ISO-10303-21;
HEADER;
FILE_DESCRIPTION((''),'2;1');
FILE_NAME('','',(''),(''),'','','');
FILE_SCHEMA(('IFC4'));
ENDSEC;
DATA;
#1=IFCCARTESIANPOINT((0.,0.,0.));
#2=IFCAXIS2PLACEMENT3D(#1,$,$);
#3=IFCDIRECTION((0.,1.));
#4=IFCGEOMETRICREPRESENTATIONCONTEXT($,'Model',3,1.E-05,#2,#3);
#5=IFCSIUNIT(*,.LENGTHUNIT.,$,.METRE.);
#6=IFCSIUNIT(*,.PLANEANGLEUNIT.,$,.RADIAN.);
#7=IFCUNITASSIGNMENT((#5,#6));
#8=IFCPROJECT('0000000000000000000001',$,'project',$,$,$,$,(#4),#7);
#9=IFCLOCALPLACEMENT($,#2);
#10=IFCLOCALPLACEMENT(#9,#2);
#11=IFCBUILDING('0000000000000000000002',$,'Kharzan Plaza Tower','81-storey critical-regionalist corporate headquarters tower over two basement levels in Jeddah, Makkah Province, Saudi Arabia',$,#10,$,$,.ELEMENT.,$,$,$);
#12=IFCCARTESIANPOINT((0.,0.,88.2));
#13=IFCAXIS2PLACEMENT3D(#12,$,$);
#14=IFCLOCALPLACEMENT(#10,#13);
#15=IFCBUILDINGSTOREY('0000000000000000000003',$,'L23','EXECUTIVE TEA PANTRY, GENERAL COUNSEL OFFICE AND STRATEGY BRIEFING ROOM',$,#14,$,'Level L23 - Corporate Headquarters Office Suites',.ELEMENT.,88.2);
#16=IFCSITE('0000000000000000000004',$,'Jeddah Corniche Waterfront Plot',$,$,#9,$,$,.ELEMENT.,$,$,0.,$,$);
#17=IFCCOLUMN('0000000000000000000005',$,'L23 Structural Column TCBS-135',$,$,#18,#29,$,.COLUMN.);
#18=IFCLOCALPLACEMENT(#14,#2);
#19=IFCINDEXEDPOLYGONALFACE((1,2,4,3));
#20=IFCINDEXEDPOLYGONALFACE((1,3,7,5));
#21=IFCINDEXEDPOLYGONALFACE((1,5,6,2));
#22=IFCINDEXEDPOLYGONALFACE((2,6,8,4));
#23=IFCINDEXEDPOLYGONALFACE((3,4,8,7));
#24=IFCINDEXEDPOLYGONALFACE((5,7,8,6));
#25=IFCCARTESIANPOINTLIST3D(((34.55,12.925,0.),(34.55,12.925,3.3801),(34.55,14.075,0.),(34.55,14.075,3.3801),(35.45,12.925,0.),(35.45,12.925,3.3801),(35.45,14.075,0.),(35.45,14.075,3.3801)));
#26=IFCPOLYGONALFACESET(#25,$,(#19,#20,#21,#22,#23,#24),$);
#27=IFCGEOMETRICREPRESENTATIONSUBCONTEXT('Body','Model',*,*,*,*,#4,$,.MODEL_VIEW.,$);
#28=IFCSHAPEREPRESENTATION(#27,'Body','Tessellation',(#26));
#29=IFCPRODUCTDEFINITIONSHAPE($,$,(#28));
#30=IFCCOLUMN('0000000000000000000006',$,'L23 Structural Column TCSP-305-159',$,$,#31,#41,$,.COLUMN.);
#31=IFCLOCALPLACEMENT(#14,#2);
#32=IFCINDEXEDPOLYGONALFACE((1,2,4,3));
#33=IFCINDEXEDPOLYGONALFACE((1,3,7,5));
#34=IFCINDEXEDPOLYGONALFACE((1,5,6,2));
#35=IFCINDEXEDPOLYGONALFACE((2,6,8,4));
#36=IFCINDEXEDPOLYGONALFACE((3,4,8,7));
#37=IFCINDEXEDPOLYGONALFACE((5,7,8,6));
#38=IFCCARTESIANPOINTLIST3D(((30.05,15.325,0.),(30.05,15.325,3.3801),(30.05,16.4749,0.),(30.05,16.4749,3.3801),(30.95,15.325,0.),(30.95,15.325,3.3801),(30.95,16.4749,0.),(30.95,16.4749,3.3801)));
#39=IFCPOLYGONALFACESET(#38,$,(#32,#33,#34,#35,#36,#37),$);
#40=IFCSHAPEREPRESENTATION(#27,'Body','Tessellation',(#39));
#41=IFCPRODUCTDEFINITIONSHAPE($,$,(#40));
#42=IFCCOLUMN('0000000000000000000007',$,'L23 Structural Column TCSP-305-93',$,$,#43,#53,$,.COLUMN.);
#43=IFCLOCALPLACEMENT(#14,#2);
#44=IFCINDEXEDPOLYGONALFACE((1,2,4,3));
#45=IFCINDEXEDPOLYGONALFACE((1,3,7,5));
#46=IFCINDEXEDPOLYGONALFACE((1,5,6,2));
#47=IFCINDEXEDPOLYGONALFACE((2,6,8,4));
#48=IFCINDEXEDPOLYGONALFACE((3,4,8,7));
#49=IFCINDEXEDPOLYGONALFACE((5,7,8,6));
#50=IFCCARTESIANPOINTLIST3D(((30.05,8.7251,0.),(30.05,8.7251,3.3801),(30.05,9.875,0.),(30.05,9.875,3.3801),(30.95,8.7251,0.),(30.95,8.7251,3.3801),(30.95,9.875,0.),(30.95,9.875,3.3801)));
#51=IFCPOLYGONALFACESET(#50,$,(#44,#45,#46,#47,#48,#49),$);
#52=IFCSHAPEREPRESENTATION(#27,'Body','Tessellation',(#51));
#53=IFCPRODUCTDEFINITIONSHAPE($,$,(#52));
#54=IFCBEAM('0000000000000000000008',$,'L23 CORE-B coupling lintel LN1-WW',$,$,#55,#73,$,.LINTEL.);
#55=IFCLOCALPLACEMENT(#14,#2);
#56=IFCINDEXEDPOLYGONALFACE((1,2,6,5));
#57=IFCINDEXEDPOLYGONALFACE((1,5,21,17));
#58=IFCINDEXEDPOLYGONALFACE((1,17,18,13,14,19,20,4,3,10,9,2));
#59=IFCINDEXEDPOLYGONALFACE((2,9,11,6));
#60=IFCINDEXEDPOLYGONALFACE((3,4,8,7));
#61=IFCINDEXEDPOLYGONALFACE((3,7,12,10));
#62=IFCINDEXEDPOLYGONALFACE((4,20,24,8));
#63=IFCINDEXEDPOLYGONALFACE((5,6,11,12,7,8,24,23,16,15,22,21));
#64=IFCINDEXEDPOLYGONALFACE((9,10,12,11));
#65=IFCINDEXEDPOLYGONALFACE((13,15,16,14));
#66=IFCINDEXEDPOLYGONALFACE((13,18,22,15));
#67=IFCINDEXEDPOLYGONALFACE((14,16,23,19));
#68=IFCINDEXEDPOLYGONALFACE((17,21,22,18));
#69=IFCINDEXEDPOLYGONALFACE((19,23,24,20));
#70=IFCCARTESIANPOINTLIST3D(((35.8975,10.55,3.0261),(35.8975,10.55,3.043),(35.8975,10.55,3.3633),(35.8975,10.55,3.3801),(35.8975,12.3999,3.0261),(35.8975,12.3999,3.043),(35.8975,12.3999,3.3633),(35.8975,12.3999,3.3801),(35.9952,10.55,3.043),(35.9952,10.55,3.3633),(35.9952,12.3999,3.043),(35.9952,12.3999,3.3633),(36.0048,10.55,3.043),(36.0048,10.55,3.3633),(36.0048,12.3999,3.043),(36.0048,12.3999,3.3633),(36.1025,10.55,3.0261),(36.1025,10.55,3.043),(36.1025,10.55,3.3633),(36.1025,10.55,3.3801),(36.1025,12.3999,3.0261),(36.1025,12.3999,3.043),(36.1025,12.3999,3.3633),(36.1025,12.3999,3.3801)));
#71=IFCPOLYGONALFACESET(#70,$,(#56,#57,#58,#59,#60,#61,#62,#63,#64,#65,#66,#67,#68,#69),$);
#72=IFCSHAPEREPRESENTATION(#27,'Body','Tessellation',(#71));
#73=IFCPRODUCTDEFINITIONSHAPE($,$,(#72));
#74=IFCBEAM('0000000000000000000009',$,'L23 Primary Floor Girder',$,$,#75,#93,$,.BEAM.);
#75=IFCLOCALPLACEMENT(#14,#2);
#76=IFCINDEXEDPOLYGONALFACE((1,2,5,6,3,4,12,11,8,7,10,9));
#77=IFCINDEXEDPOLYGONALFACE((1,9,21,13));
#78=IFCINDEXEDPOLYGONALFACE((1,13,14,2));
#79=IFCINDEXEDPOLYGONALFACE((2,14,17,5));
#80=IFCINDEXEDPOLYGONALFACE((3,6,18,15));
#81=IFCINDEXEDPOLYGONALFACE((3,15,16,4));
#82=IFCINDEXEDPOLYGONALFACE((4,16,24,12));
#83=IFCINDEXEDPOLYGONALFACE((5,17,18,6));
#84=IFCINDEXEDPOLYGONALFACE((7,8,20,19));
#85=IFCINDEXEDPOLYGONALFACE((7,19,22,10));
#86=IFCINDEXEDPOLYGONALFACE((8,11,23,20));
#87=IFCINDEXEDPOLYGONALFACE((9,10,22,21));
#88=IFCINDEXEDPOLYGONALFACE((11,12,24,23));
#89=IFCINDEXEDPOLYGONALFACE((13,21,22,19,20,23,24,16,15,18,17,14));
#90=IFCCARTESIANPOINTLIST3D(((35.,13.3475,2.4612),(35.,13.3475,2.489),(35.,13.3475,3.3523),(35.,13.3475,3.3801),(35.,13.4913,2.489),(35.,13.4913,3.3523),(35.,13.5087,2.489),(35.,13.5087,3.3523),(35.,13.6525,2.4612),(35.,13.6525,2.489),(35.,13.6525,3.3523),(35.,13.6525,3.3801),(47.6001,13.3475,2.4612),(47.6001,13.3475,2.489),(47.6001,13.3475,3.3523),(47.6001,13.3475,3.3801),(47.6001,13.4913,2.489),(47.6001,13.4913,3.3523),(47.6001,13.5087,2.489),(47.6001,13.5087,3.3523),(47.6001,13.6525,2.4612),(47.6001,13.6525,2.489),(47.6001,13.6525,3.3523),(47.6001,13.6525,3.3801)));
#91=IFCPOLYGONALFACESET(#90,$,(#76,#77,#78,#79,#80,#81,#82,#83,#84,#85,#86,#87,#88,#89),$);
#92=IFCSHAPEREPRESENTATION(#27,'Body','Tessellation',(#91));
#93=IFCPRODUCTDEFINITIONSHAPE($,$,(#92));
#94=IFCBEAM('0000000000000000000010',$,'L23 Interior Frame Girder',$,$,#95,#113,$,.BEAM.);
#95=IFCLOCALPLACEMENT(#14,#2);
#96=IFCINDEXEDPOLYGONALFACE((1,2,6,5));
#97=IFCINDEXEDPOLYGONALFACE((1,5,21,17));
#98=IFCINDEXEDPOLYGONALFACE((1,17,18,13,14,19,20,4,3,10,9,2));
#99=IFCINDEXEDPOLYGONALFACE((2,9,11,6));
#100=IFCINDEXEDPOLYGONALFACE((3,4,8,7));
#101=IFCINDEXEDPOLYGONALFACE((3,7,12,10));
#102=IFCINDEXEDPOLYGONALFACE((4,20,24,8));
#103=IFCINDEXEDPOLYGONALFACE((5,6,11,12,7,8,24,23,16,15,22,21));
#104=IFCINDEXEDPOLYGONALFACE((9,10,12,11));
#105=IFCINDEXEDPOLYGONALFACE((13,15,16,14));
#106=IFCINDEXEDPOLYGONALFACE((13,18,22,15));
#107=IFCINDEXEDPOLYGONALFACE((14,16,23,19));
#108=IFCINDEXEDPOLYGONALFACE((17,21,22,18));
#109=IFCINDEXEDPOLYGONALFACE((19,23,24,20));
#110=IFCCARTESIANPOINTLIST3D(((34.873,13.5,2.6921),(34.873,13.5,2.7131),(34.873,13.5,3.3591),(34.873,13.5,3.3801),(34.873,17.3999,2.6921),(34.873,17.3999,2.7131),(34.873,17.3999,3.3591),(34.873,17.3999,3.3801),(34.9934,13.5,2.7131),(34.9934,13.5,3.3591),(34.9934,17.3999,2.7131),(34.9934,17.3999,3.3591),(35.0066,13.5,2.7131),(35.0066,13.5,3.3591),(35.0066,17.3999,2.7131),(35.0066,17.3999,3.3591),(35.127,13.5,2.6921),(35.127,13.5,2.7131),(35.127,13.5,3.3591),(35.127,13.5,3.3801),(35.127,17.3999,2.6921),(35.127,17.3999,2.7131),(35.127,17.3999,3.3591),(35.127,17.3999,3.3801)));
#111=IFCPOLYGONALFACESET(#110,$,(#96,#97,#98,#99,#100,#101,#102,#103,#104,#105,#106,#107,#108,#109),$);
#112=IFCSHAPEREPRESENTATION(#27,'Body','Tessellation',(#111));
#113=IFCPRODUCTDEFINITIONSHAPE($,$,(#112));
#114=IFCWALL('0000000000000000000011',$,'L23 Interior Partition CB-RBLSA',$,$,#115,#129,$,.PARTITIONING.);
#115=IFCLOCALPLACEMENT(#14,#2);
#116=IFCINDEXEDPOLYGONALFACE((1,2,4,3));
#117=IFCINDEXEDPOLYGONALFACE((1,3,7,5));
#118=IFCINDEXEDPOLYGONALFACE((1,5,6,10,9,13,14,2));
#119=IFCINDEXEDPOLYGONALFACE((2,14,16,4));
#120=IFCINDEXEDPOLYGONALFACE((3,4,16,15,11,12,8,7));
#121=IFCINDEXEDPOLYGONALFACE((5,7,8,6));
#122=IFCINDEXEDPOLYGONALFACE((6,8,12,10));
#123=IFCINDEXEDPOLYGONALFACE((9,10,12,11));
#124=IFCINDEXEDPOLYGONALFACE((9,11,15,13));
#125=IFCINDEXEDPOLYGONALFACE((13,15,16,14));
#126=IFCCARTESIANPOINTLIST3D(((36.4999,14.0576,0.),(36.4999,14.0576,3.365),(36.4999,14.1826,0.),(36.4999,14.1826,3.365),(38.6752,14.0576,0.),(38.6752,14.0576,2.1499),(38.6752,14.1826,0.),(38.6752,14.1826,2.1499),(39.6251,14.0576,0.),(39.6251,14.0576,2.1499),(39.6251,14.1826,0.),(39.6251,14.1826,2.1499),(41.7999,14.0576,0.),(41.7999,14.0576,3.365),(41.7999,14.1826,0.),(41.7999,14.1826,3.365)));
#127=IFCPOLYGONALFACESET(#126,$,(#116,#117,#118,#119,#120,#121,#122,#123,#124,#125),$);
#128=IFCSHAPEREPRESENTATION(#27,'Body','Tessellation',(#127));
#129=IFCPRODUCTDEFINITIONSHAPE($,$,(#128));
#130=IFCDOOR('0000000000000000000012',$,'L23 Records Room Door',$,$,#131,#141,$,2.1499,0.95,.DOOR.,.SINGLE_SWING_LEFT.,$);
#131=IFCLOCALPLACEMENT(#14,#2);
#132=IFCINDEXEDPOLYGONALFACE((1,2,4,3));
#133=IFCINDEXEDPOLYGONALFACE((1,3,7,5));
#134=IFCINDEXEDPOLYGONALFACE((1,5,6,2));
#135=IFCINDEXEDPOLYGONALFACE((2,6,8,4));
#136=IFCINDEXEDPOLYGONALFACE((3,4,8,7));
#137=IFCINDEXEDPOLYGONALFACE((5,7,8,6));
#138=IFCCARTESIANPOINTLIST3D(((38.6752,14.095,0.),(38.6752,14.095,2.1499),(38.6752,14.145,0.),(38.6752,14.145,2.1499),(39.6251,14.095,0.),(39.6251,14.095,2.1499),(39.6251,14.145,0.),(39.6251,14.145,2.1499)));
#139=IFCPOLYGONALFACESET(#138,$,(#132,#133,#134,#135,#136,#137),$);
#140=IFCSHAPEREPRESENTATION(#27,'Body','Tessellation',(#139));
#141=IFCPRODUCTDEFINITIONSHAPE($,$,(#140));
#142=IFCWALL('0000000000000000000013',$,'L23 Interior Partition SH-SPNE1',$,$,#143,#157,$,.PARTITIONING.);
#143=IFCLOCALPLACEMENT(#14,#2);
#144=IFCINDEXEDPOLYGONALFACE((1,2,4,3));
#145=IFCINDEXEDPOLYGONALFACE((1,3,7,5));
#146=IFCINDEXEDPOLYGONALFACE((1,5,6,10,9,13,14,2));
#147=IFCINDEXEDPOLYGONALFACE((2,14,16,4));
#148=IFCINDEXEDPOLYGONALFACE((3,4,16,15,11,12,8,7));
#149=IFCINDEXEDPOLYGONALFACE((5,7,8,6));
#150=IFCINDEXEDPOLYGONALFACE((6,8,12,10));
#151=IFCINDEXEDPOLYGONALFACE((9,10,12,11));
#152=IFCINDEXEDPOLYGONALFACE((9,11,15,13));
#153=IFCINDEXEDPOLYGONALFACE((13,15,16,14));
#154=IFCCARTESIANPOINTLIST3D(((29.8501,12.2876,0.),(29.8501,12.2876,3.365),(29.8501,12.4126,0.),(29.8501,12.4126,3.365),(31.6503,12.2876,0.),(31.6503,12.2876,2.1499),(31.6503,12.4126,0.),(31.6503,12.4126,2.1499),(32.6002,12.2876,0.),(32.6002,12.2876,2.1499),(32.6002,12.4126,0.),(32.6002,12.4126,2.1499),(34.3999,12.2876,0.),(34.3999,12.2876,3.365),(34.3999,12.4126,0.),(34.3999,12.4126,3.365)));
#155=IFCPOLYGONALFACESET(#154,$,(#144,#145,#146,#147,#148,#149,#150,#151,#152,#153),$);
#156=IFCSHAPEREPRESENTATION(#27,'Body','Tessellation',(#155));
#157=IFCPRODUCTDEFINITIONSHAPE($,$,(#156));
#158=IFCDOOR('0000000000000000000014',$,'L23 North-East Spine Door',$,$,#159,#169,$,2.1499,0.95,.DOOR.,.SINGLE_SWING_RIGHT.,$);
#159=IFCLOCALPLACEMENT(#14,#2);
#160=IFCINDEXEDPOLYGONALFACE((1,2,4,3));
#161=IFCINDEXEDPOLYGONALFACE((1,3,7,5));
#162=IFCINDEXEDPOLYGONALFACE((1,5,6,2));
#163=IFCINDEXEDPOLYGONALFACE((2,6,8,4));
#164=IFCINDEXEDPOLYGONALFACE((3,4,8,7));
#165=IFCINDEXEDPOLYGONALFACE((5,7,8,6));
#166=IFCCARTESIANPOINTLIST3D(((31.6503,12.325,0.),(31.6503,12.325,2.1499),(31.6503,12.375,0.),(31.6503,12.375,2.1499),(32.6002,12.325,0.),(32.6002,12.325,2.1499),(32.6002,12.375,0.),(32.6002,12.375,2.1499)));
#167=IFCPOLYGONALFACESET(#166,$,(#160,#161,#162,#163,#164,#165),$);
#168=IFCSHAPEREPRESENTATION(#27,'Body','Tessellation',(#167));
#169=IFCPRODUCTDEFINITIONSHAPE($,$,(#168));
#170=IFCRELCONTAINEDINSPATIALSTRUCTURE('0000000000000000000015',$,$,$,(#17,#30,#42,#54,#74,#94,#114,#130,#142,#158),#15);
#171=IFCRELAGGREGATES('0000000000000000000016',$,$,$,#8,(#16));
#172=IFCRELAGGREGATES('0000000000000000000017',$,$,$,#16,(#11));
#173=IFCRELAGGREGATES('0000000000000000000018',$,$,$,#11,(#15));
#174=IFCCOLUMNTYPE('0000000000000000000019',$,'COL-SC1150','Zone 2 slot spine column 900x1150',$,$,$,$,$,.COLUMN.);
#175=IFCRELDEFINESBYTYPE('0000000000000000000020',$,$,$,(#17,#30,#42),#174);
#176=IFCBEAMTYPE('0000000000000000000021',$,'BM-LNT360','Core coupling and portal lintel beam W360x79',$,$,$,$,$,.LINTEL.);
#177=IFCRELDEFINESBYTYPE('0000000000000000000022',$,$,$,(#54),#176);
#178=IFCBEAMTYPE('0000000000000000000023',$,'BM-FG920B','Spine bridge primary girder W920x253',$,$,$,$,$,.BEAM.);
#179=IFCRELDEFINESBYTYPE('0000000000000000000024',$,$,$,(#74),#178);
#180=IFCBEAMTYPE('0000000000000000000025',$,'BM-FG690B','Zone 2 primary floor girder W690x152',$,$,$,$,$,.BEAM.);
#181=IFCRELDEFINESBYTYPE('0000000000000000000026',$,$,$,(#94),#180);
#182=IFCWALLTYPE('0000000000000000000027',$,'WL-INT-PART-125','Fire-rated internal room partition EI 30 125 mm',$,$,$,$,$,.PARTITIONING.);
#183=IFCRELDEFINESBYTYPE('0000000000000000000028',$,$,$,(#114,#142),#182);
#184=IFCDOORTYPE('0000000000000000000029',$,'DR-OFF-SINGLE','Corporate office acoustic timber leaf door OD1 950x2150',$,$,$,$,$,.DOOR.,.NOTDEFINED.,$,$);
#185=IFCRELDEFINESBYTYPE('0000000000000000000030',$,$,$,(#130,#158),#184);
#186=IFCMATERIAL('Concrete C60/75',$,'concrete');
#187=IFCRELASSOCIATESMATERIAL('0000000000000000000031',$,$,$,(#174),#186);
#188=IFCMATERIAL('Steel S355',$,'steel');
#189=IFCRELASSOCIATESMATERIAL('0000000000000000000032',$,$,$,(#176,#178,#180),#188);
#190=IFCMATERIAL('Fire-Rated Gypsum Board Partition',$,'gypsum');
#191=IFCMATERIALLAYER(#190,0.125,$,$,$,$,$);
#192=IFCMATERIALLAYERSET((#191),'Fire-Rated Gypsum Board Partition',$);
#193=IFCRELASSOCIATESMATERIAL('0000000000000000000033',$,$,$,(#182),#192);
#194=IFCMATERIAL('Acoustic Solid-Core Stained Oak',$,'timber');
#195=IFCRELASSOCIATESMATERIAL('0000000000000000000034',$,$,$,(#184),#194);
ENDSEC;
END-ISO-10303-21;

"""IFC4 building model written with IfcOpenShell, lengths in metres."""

from ifc_helpers import new_model, si_unit, direction, frame, frame_2d, origin, origin_2d, place, context, subcontext, project, spatial, rectangle, i_section, extrude, source, transform, mapped, material, layer, layer_set, material_profile, profile_set, type_object, element, fill, save


model = new_model("IFC4")

# Units and contexts
model_context = context("Model", 3, precision=1e-05, world=origin(), true_north=direction((0.0, 1.0)))
body_context = subcontext(model_context, "Body", "Model", "MODEL_VIEW")
ifc_project = project(units=[si_unit("LENGTHUNIT", "METRE"), si_unit("PLANEANGLEUNIT", "RADIAN")], contexts=[model_context])

# Site, building, storey
site_placement = place(None, origin())
site = spatial("IfcSite", under=ifc_project, at=site_placement, Name="Jeddah Corniche Waterfront Plot", CompositionType="ELEMENT", RefElevation=0.0)
building_placement = place(site_placement, origin())
building = spatial("IfcBuilding", under=site, at=building_placement, Name="Kharzan Plaza Tower", Description="81-storey critical-regionalist corporate headquarters tower over two basement levels in Jeddah, Makkah Province, Saudi Arabia", CompositionType="ELEMENT")
storey_placement = place(building_placement, frame((0.0, 0.0, 88.2)))
storey = spatial("IfcBuildingStorey", under=building, at=storey_placement, Name="L23", Description="EXECUTIVE TEA PANTRY, GENERAL COUNSEL OFFICE AND STRATEGY BRIEFING ROOM", LongName="Level L23 - Corporate Headquarters Office Suites", CompositionType="ELEMENT", Elevation=88.2)

# Columns
ifc_material_1 = material(Name="Concrete C60/75", Category="concrete")
ifc_material_profile_1 = material_profile(ifc_material_1, rectangle(XDim=0.8999, YDim=1.1499, at=origin_2d()), Name="RC-SC1150x900")
ifc_profile_set_1 = profile_set([ifc_material_profile_1], Name="Concrete C60/75")
column_type = type_object("IfcColumnType", Name="COL-SC1150", Description="Zone 2 slot spine column 900x1150", PredefinedType="COLUMN", material=ifc_profile_set_1)
shared_shape_1 = source(origin(), body_context, "Body", "SweptSolid", [
    extrude(rectangle(XDim=0.8999, YDim=1.1499, at=origin_2d()), origin(), (0.0, 0.0, 1.0), 3.3801),
])
for number, where, z_axis, x_axis, name in (
    (1, (35.0, 13.5, 0.0), (0.0, 0.0, 1.0), (1.0, 0.0, 0.0), "L23 Structural Column TCBS-135"),
    (2, (30.5, 15.8999, 0.0), (0.0, 0.0, 1.0), (1.0, 0.0, 0.0), "L23 Structural Column TCSP-305-159"),
    (3, (30.5, 9.3, 0.0), (0.0, 0.0, 1.0), (1.0, 0.0, 0.0), "L23 Structural Column TCSP-305-93"),
):
    element("IfcColumn", number, at=place(storey_placement, frame(where, z_axis=z_axis, x_axis=x_axis)), inside=storey, type_object=column_type, Name=name, PredefinedType="COLUMN", context=body_context, shape_type="MappedRepresentation", body=[
        mapped(shared_shape_1, transform((0.0, 0.0, 0.0), x_axis=(1.0, 0.0, 0.0), y_axis=(0.0, 1.0, 0.0), z_axis=(0.0, 0.0, 1.0))),
    ])

# Beams
ifc_material_2 = material(Name="Steel S355", Category="steel")
ifc_material_profile_2 = material_profile(ifc_material_2, i_section(OverallWidth=0.2051, OverallDepth=0.354, WebThickness=0.0095, FlangeThickness=0.0168, at=origin_2d()), Name="W360x79")
ifc_profile_set_2 = profile_set([ifc_material_profile_2], Name="Steel S355")
beam_type_1 = type_object("IfcBeamType", Name="BM-LNT360", Description="Core coupling and portal lintel beam W360x79", PredefinedType="LINTEL", material=ifc_profile_set_2)
shared_shape_2 = source(origin(), body_context, "Body", "SweptSolid", [
    extrude(i_section(OverallWidth=0.2051, OverallDepth=0.354, WebThickness=0.0095, FlangeThickness=0.0168, at=origin_2d()), origin(), (0.0, 0.0, 1.0), 1.8499),
])
beam_1_placement = place(storey_placement, frame((36.0, 10.55, 3.2031), z_axis=(0.0, 1.0, 0.0), x_axis=(-1.0, 0.0, 0.0)))
element("IfcBeam", 4, at=beam_1_placement, inside=storey, type_object=beam_type_1, Name="L23 CORE-B coupling lintel LN1-WW", PredefinedType="LINTEL", context=body_context, shape_type="MappedRepresentation", body=[
    mapped(shared_shape_2, transform((0.0, 0.0, 0.0), x_axis=(1.0, 0.0, 0.0), y_axis=(0.0, 1.0, 0.0), z_axis=(0.0, 0.0, 1.0))),
])
ifc_material_profile_3 = material_profile(ifc_material_2, i_section(OverallWidth=0.3049, OverallDepth=0.9189, WebThickness=0.0173, FlangeThickness=0.0278, at=origin_2d()), Name="W920x253")
ifc_profile_set_3 = profile_set([ifc_material_profile_3], Name="Steel S355")
beam_type_2 = type_object("IfcBeamType", Name="BM-FG920B", Description="Spine bridge primary girder W920x253", PredefinedType="BEAM", material=ifc_profile_set_3)
shared_shape_3 = source(origin(), body_context, "Body", "SweptSolid", [
    extrude(i_section(OverallWidth=0.3049, OverallDepth=0.9189, WebThickness=0.0173, FlangeThickness=0.0278, at=origin_2d()), origin(), (0.0, 0.0, 1.0), 12.6001),
])
beam_2_placement = place(storey_placement, frame((35.0, 13.5, 2.9207), z_axis=(1.0, 0.0, 0.0), x_axis=(0.0, 1.0, 0.0)))
element("IfcBeam", 5, at=beam_2_placement, inside=storey, type_object=beam_type_2, Name="L23 Primary Floor Girder", PredefinedType="BEAM", context=body_context, shape_type="MappedRepresentation", body=[
    mapped(shared_shape_3, transform((0.0, 0.0, 0.0), x_axis=(1.0, 0.0, 0.0), y_axis=(0.0, 1.0, 0.0), z_axis=(0.0, 0.0, 1.0))),
])
ifc_material_profile_4 = material_profile(ifc_material_2, i_section(OverallWidth=0.2539, OverallDepth=0.688, WebThickness=0.0132, FlangeThickness=0.021, at=origin_2d()), Name="W690x152")
ifc_profile_set_4 = profile_set([ifc_material_profile_4], Name="Steel S355")
beam_type_3 = type_object("IfcBeamType", Name="BM-FG690B", Description="Zone 2 primary floor girder W690x152", PredefinedType="BEAM", material=ifc_profile_set_4)
shared_shape_4 = source(origin(), body_context, "Body", "SweptSolid", [
    extrude(i_section(OverallWidth=0.2539, OverallDepth=0.688, WebThickness=0.0132, FlangeThickness=0.021, at=origin_2d()), origin(), (0.0, 0.0, 1.0), 3.8999),
])
beam_3_placement = place(storey_placement, frame((35.0, 13.5, 3.0361), z_axis=(0.0, 1.0, 0.0), x_axis=(-1.0, 0.0, 0.0)))
element("IfcBeam", 6, at=beam_3_placement, inside=storey, type_object=beam_type_3, Name="L23 Interior Frame Girder", PredefinedType="BEAM", context=body_context, shape_type="MappedRepresentation", body=[
    mapped(shared_shape_4, transform((0.0, 0.0, 0.0), x_axis=(1.0, 0.0, 0.0), y_axis=(0.0, 1.0, 0.0), z_axis=(0.0, 0.0, 1.0))),
])

# Walls, openings, doors
ifc_material_3 = material(Name="Fire-Rated Gypsum Board Partition", Category="gypsum")
ifc_layer_1 = layer(ifc_material_3, 0.125)
ifc_layer_set_1 = layer_set([ifc_layer_1], Name="Fire-Rated Gypsum Board Partition")
wall_type_1 = type_object("IfcWallType", Name="WL-INT-PART-125", Description="Fire-rated internal room partition EI 30 125 mm", PredefinedType="PARTITIONING", material=ifc_layer_set_1)
wall_1_placement = place(storey_placement, frame((36.5, 14.1201, 0.0), z_axis=(0.0, 0.0, 1.0), x_axis=(1.0, 0.0, 0.0)))
wall_1 = element("IfcWall", 7, at=wall_1_placement, inside=storey, type_object=wall_type_1, Name="L23 Interior Partition CB-RBLSA", PredefinedType="PARTITIONING", context=body_context, shape_type="SweptSolid", body=[
    extrude(rectangle(XDim=5.3, YDim=0.125, at=frame_2d((2.6499, 0.0))), origin(), (0.0, 0.0, 1.0), 3.365),
])
opening_1_placement = place(wall_1_placement, frame((2.175, 0.0, 0.0)))
opening_1 = element("IfcOpeningElement", 8, at=opening_1_placement, cuts=wall_1, PredefinedType="OPENING", context=body_context, shape_type="SweptSolid", body=[
    extrude(rectangle(XDim=0.95, YDim=2.1499, at=frame_2d((0.4751, 1.075))), frame((0.0, 0.0725, 0.0), z_axis=(0.0, -1.0, 0.0), x_axis=(1.0, 0.0, 0.0)), (0.0, 0.0, 1.0), 0.145),
])
ifc_material_4 = material(Name="Acoustic Solid-Core Stained Oak", Category="timber")
door_type_1 = type_object("IfcDoorType", Name="DR-OFF-SINGLE", Description="Corporate office acoustic timber leaf door OD1 950x2150", OperationType="NOTDEFINED", PredefinedType="DOOR", material=ifc_material_4)
shared_shape_5 = source(origin(), body_context, "Body", "SweptSolid", [
    extrude(rectangle(XDim=0.95, YDim=2.1499, at=frame_2d((0.4751, 1.075))), frame((0.0, 0.0249, 0.0), z_axis=(0.0, -1.0, 0.0), x_axis=(1.0, 0.0, 0.0)), (0.0, 0.0, 1.0), 0.05),
])
door_1_placement = place(opening_1_placement, origin())
door_1 = element("IfcDoor", 9, at=door_1_placement, inside=storey, type_object=door_type_1, Name="L23 Records Room Door", OperationType="SINGLE_SWING_LEFT", OverallHeight=2.1499, OverallWidth=0.95, PredefinedType="DOOR", context=body_context, shape_type="MappedRepresentation", body=[
    mapped(shared_shape_5, transform((0.0, 0.0, 0.0), x_axis=(1.0, 0.0, 0.0), y_axis=(0.0, 1.0, 0.0), z_axis=(0.0, 0.0, 1.0))),
])
fill(opening_1, door_1)
wall_2_placement = place(storey_placement, frame((29.8501, 12.3501, 0.0), z_axis=(0.0, 0.0, 1.0), x_axis=(1.0, 0.0, 0.0)))
wall_2 = element("IfcWall", 10, at=wall_2_placement, inside=storey, type_object=wall_type_1, Name="L23 Interior Partition SH-SPNE1", PredefinedType="PARTITIONING", context=body_context, shape_type="SweptSolid", body=[
    extrude(rectangle(XDim=4.5498, YDim=0.125, at=frame_2d((2.2749, 0.0))), origin(), (0.0, 0.0, 1.0), 3.365),
])
opening_2_placement = place(wall_2_placement, frame((1.8, 0.0, 0.0)))
opening_2 = element("IfcOpeningElement", 11, at=opening_2_placement, cuts=wall_2, PredefinedType="OPENING", context=body_context, shape_type="SweptSolid", body=[
    extrude(rectangle(XDim=0.95, YDim=2.1499, at=frame_2d((0.4751, 1.075))), frame((0.0, 0.0725, 0.0), z_axis=(0.0, -1.0, 0.0), x_axis=(1.0, 0.0, 0.0)), (0.0, 0.0, 1.0), 0.145),
])
door_2_placement = place(opening_2_placement, origin())
door_2 = element("IfcDoor", 12, at=door_2_placement, inside=storey, type_object=door_type_1, Name="L23 North-East Spine Door", OperationType="SINGLE_SWING_RIGHT", OverallHeight=2.1499, OverallWidth=0.95, PredefinedType="DOOR", context=body_context, shape_type="MappedRepresentation", body=[
    mapped(shared_shape_5, transform((0.0, 0.0, 0.0), x_axis=(1.0, 0.0, 0.0), y_axis=(0.0, 1.0, 0.0), z_axis=(0.0, 0.0, 1.0))),
])
fill(opening_2, door_2)

save(model, "model.ifc")
